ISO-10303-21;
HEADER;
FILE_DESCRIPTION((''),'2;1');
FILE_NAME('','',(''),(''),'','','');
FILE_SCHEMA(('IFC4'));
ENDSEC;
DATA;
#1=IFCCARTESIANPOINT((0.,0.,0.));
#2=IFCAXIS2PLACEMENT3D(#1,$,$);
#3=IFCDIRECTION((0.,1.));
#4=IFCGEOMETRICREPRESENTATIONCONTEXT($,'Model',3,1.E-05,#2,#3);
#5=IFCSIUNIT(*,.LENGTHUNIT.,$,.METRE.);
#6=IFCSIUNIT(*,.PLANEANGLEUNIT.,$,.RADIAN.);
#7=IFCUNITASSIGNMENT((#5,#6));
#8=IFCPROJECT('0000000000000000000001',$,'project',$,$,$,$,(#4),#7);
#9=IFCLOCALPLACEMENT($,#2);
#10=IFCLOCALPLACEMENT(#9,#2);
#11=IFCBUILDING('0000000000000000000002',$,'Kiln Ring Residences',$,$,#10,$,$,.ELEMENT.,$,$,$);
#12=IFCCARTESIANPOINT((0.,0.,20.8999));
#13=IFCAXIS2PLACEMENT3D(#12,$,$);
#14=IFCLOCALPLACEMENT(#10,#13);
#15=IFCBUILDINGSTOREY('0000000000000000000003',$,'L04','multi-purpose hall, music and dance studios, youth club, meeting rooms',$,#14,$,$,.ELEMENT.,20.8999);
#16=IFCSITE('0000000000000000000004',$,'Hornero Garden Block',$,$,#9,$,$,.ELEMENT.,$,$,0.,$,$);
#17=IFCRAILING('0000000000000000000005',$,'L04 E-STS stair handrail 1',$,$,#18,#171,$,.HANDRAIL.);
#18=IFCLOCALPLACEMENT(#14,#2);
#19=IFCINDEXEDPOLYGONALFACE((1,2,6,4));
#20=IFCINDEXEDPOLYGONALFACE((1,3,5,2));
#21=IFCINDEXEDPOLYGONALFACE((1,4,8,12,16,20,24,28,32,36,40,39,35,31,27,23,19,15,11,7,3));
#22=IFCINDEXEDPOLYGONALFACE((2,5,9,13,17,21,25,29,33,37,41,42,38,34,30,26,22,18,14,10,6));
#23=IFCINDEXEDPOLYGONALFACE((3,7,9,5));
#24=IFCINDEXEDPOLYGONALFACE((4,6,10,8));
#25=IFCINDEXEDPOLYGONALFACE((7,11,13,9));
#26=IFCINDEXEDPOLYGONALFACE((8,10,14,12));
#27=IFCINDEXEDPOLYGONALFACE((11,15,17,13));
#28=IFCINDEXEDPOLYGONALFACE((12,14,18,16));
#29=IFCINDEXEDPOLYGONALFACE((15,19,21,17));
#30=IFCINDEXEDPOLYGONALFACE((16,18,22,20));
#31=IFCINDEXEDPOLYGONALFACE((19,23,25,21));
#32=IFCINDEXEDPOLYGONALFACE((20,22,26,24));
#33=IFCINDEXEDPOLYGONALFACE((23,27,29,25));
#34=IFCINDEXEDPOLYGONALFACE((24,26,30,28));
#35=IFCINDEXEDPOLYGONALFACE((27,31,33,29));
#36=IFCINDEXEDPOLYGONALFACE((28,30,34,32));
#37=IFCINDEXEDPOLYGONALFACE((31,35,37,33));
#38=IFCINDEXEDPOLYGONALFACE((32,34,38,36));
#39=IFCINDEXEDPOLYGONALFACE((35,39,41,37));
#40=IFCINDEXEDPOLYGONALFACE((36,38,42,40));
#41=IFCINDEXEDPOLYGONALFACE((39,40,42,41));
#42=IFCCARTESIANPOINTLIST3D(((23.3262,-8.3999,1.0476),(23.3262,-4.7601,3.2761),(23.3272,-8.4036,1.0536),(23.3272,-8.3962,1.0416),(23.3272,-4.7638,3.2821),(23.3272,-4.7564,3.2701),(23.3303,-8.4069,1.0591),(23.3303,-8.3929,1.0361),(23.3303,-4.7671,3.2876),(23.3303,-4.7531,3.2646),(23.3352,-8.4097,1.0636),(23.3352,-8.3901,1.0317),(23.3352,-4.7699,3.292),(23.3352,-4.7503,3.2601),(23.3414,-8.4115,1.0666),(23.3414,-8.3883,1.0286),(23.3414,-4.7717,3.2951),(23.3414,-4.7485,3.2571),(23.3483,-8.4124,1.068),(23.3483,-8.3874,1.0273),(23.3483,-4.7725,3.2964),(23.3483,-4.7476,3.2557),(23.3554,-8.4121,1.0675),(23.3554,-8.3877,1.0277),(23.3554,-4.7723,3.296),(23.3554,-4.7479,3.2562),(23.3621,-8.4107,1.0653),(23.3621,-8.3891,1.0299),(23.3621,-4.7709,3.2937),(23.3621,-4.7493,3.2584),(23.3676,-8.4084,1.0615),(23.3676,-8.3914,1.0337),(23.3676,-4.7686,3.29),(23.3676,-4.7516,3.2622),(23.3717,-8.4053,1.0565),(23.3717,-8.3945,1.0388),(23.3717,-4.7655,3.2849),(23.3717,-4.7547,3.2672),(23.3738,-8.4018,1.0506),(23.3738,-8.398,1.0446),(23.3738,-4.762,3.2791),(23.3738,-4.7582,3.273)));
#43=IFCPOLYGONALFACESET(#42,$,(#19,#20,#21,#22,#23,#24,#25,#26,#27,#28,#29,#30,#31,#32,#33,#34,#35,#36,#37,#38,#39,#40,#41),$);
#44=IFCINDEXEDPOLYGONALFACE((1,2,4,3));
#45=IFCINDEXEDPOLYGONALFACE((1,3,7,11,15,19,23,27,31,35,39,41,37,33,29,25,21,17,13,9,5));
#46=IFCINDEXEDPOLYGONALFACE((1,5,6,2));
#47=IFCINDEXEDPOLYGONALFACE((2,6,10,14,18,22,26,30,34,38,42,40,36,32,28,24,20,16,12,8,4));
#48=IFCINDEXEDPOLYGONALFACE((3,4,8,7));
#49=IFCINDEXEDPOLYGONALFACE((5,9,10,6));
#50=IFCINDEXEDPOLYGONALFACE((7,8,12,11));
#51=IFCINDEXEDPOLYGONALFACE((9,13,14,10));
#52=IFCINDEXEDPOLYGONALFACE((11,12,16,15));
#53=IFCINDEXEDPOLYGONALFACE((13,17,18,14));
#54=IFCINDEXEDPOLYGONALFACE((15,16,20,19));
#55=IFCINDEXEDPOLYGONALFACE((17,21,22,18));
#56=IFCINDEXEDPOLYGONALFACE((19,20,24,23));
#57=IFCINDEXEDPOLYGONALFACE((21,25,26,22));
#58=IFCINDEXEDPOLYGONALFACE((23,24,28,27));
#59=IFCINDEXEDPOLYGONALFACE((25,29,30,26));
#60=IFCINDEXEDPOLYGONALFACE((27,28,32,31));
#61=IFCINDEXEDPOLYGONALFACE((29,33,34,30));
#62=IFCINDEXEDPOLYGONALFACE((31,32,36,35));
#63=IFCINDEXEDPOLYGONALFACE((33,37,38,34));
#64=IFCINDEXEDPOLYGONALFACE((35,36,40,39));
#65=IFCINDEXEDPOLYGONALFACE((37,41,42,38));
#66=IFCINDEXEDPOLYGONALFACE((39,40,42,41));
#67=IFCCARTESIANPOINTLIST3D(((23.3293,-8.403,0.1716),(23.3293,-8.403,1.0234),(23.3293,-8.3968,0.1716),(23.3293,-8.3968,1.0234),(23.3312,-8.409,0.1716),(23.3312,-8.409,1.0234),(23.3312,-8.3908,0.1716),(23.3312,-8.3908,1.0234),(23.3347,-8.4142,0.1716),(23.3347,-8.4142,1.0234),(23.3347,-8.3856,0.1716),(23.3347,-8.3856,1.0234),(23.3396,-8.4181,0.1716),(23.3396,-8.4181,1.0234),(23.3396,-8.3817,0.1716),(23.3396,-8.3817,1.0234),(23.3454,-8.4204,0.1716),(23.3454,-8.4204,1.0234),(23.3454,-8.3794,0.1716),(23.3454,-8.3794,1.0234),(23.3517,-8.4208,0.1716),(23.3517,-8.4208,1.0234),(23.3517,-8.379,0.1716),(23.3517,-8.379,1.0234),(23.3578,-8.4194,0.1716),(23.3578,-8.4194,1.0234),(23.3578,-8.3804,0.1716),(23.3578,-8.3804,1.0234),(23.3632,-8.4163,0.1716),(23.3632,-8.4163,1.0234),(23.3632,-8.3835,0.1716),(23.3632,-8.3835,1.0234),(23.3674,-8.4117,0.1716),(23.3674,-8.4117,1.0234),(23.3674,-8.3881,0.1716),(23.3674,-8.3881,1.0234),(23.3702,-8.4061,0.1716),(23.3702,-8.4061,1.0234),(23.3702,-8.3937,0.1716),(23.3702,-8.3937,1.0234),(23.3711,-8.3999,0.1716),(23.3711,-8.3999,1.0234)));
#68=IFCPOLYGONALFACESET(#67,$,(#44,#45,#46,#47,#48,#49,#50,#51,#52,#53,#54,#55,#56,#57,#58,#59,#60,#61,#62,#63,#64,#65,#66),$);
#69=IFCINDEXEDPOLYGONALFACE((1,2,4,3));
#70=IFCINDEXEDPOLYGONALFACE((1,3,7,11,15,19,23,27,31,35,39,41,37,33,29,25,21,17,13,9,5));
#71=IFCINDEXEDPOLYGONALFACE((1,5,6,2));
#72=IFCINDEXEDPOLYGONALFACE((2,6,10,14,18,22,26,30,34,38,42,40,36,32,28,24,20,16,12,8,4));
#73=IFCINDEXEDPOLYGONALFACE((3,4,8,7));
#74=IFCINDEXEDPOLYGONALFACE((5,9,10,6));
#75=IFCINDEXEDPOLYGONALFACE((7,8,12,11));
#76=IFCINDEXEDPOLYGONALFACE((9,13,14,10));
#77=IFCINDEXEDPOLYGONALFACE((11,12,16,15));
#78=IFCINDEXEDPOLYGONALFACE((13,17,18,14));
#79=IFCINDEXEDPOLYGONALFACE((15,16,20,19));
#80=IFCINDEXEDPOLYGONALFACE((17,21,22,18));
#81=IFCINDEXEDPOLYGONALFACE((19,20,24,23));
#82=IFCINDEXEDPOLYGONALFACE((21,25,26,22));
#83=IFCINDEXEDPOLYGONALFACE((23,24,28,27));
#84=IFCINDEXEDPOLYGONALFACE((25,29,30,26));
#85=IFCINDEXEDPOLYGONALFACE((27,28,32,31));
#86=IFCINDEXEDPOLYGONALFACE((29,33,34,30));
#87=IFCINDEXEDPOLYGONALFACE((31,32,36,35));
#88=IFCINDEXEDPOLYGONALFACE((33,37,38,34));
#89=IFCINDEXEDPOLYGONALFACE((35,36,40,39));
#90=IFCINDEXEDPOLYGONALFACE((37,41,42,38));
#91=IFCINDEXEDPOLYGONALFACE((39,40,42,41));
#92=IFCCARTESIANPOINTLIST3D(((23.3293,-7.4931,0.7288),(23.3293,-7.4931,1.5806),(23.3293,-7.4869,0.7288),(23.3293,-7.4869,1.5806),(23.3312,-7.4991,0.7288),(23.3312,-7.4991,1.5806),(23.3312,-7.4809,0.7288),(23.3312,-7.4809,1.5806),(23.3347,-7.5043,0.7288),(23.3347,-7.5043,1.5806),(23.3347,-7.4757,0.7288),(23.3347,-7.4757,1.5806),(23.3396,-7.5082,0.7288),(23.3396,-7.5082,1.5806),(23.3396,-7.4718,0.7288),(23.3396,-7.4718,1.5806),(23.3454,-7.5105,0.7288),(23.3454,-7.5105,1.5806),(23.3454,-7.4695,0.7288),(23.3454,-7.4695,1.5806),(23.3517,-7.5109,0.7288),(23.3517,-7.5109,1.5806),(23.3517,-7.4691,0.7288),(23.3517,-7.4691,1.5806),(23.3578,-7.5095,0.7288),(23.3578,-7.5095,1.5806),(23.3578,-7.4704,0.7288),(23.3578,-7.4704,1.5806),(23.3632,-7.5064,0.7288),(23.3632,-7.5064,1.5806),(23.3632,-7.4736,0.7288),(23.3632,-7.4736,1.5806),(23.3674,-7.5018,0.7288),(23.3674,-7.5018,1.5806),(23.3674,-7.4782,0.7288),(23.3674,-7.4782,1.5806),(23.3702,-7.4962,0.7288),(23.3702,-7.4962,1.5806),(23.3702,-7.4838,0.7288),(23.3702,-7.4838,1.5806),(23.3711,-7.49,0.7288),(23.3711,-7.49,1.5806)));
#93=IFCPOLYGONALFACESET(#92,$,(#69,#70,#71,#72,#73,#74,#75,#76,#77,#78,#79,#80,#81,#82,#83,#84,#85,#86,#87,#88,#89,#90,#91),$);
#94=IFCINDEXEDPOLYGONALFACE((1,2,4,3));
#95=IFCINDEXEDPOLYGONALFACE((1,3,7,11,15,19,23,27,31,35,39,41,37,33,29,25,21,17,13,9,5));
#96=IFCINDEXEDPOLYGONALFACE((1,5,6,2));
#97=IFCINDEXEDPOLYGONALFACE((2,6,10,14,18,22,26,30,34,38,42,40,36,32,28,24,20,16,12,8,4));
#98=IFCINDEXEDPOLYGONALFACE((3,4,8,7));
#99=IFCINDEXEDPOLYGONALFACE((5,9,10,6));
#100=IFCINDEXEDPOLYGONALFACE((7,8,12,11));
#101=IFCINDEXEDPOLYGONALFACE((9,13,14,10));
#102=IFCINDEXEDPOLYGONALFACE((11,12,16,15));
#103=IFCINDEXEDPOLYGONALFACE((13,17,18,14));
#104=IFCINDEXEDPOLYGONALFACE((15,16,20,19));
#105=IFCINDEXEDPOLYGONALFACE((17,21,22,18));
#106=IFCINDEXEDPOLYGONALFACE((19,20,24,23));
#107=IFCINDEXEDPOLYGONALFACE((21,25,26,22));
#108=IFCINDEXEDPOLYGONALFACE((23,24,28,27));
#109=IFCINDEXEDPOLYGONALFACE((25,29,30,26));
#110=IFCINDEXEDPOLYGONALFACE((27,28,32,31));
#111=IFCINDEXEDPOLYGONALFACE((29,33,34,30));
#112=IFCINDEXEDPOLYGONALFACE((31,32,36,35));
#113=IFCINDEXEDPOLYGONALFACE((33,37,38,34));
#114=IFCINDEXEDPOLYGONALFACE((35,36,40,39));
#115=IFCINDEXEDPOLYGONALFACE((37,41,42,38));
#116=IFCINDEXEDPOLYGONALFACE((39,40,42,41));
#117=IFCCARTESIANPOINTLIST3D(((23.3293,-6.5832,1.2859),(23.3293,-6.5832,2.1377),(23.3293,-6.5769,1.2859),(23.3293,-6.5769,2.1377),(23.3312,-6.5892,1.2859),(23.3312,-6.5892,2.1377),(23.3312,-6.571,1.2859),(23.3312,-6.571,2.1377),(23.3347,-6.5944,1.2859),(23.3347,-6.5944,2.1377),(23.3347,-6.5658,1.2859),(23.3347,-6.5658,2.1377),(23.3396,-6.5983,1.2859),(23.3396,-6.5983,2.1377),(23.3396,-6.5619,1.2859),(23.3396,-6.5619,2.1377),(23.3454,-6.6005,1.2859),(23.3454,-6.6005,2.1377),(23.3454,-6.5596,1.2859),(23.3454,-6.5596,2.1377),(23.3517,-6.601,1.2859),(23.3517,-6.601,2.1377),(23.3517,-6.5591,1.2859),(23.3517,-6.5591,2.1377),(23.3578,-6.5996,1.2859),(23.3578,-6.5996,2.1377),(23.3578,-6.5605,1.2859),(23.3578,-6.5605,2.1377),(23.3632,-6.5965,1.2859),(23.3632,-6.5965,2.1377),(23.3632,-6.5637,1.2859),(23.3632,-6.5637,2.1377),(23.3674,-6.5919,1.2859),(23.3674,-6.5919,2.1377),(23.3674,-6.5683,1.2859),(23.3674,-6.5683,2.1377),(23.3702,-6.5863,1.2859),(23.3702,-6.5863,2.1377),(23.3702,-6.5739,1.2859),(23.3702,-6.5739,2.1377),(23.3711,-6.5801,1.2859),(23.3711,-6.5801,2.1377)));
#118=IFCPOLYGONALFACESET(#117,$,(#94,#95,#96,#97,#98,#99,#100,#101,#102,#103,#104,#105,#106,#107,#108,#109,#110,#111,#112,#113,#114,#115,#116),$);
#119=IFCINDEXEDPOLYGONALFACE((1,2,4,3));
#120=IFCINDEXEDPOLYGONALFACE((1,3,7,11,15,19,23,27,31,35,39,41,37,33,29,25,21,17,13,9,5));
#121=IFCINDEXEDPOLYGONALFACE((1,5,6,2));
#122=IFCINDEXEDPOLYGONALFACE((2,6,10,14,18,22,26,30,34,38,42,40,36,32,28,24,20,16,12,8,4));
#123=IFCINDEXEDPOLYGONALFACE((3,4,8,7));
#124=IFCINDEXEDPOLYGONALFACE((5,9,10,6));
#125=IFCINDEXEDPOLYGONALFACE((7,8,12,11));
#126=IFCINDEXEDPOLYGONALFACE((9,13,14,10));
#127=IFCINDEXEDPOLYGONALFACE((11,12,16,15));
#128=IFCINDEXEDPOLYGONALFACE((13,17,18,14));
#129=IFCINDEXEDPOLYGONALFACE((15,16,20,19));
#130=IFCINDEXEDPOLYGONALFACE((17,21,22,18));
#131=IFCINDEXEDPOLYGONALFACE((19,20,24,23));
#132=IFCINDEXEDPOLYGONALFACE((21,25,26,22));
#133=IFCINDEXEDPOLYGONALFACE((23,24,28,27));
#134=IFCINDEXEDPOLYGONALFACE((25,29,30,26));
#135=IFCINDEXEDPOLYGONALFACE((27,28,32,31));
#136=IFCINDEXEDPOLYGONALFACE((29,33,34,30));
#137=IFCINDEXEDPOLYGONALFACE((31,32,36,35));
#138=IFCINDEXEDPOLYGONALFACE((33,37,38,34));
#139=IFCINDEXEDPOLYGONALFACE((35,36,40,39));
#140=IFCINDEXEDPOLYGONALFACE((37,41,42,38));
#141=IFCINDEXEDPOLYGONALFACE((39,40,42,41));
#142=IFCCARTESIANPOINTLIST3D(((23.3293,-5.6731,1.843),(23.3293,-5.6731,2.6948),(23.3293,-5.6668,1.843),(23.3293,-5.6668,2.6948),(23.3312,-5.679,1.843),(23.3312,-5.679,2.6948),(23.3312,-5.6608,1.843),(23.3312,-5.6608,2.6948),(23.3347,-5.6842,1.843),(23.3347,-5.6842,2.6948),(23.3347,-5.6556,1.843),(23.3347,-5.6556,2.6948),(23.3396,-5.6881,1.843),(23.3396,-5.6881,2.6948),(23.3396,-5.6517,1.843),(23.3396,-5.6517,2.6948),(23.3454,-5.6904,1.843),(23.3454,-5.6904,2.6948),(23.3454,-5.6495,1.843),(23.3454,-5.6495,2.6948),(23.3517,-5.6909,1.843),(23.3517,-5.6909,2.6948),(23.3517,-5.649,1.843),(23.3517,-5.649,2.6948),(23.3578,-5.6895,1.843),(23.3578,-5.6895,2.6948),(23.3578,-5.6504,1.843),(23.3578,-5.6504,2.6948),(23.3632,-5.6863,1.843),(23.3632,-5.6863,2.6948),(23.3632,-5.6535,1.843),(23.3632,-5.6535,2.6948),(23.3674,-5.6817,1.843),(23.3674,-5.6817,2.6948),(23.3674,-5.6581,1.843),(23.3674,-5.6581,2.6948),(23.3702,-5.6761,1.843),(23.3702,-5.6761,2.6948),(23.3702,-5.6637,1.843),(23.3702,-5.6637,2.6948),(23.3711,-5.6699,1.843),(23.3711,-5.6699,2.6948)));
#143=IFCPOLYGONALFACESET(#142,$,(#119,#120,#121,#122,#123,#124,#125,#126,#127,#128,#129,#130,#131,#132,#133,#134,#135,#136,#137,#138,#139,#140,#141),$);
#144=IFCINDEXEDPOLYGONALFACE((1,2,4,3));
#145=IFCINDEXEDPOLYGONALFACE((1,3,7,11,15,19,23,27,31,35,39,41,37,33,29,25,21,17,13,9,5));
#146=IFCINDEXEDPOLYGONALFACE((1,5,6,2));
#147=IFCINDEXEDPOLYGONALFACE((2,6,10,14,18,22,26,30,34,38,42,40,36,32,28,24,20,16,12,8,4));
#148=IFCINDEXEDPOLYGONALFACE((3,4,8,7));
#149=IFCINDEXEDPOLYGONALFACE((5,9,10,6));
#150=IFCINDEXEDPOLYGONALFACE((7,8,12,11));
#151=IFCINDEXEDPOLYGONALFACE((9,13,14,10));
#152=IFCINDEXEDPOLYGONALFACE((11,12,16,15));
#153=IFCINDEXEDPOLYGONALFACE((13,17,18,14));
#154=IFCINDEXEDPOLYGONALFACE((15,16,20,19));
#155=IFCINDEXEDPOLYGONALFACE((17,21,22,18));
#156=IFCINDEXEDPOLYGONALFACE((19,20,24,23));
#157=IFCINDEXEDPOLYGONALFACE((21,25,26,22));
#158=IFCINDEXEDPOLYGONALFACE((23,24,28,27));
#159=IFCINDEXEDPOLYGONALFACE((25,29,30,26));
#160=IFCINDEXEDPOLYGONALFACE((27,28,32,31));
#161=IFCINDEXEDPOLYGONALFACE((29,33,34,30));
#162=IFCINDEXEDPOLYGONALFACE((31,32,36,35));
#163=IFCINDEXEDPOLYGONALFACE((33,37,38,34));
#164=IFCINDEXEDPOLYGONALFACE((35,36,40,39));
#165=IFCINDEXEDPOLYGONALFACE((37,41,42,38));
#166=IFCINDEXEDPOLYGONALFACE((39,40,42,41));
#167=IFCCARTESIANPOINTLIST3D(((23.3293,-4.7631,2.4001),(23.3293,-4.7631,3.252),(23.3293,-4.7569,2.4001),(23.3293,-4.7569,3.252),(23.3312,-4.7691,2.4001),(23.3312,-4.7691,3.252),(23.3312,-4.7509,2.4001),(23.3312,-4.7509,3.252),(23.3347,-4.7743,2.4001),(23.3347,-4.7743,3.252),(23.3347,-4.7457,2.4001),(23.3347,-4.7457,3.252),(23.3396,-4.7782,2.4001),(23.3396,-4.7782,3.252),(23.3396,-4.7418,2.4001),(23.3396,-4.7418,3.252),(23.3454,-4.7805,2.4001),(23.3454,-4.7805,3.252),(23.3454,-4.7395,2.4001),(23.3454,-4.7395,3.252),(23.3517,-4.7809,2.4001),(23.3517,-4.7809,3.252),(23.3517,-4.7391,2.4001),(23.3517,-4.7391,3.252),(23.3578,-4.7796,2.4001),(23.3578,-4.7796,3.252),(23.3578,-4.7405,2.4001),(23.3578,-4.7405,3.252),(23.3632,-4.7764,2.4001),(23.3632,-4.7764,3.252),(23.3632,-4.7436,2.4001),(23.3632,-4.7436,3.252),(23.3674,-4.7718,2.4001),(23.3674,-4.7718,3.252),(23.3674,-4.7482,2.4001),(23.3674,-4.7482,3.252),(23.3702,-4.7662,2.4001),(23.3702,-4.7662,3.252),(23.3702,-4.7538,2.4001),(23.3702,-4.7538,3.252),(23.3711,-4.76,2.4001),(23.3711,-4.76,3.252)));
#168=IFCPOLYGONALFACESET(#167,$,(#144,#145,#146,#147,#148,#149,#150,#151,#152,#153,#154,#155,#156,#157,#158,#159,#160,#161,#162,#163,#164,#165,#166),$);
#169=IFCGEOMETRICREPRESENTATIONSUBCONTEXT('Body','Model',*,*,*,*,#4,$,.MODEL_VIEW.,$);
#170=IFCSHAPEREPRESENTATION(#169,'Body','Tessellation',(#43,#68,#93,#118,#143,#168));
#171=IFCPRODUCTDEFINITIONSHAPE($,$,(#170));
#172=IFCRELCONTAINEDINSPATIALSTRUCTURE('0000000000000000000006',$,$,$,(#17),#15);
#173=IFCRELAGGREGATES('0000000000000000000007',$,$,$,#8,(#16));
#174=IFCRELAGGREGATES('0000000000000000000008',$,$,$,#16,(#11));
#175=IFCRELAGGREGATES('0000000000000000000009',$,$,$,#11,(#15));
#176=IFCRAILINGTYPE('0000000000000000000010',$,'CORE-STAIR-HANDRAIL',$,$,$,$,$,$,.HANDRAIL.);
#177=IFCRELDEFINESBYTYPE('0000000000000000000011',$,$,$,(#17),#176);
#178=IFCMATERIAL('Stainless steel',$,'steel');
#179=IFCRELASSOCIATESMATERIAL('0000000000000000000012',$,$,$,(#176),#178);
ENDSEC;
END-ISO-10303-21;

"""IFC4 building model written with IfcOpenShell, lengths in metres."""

from ifc_helpers import new_model, si_unit, direction, frame, origin, origin_2d, place, context, subcontext, project, spatial, circle, extrude, material, type_object, element, save


model = new_model("IFC4")

# Units and contexts
model_context = context("Model", 3, precision=1e-05, world=origin(), true_north=direction((0.0, 1.0)))
body_context = subcontext(model_context, "Body", "Model", "MODEL_VIEW")
ifc_project = project(units=[si_unit("LENGTHUNIT", "METRE"), si_unit("PLANEANGLEUNIT", "RADIAN")], contexts=[model_context])

# Site, building, storey
site_placement = place(None, origin())
site = spatial("IfcSite", under=ifc_project, at=site_placement, Name="Hornero Garden Block", CompositionType="ELEMENT", RefElevation=0.0)
building_placement = place(site_placement, origin())
building = spatial("IfcBuilding", under=site, at=building_placement, Name="Kiln Ring Residences", CompositionType="ELEMENT")
storey_placement = place(building_placement, frame((0.0, 0.0, 20.8999)))
storey = spatial("IfcBuildingStorey", under=building, at=storey_placement, Name="L04", Description="multi-purpose hall, music and dance studios, youth club, meeting rooms", CompositionType="ELEMENT", Elevation=20.8999)

# Railing
ifc_material_1 = material(Name="Stainless steel", Category="steel")
railing_type_1 = type_object("IfcRailingType", Name="CORE-STAIR-HANDRAIL", PredefinedType="HANDRAIL", material=ifc_material_1)
railing_1_placement = place(storey_placement, frame((23.3501, -8.3999, 0.1716)))
element("IfcRailing", 1, at=railing_1_placement, inside=storey, type_object=railing_type_1, Name="L04 E-STS stair handrail 1", PredefinedType="HANDRAIL", context=body_context, shape_type="SweptSolid", body=[
    extrude(circle(Radius=0.0239, at=origin_2d()), frame((0.0, 0.0, 0.876), z_axis=(0.0, 0.85285, 0.522156), x_axis=(-1.0, 0.0, 0.0)), (0.0, 0.0, 1.0), 4.2678),
    extrude(circle(Radius=0.021, at=origin_2d()), origin(), (0.0, 0.0, 1.0), 0.8518),
    extrude(circle(Radius=0.021, at=origin_2d()), frame((0.0, 0.9099, 0.5571)), (0.0, 0.0, 1.0), 0.8518),
    extrude(circle(Radius=0.021, at=origin_2d()), frame((0.0, 1.8198, 1.1143)), (0.0, 0.0, 1.0), 0.8518),
    extrude(circle(Radius=0.021, at=origin_2d()), frame((0.0, 2.73, 1.6714)), (0.0, 0.0, 1.0), 0.8518),
    extrude(circle(Radius=0.021, at=origin_2d()), frame((0.0, 3.6399, 2.2285)), (0.0, 0.0, 1.0), 0.8518),
])

save(model, "model.ifc")
